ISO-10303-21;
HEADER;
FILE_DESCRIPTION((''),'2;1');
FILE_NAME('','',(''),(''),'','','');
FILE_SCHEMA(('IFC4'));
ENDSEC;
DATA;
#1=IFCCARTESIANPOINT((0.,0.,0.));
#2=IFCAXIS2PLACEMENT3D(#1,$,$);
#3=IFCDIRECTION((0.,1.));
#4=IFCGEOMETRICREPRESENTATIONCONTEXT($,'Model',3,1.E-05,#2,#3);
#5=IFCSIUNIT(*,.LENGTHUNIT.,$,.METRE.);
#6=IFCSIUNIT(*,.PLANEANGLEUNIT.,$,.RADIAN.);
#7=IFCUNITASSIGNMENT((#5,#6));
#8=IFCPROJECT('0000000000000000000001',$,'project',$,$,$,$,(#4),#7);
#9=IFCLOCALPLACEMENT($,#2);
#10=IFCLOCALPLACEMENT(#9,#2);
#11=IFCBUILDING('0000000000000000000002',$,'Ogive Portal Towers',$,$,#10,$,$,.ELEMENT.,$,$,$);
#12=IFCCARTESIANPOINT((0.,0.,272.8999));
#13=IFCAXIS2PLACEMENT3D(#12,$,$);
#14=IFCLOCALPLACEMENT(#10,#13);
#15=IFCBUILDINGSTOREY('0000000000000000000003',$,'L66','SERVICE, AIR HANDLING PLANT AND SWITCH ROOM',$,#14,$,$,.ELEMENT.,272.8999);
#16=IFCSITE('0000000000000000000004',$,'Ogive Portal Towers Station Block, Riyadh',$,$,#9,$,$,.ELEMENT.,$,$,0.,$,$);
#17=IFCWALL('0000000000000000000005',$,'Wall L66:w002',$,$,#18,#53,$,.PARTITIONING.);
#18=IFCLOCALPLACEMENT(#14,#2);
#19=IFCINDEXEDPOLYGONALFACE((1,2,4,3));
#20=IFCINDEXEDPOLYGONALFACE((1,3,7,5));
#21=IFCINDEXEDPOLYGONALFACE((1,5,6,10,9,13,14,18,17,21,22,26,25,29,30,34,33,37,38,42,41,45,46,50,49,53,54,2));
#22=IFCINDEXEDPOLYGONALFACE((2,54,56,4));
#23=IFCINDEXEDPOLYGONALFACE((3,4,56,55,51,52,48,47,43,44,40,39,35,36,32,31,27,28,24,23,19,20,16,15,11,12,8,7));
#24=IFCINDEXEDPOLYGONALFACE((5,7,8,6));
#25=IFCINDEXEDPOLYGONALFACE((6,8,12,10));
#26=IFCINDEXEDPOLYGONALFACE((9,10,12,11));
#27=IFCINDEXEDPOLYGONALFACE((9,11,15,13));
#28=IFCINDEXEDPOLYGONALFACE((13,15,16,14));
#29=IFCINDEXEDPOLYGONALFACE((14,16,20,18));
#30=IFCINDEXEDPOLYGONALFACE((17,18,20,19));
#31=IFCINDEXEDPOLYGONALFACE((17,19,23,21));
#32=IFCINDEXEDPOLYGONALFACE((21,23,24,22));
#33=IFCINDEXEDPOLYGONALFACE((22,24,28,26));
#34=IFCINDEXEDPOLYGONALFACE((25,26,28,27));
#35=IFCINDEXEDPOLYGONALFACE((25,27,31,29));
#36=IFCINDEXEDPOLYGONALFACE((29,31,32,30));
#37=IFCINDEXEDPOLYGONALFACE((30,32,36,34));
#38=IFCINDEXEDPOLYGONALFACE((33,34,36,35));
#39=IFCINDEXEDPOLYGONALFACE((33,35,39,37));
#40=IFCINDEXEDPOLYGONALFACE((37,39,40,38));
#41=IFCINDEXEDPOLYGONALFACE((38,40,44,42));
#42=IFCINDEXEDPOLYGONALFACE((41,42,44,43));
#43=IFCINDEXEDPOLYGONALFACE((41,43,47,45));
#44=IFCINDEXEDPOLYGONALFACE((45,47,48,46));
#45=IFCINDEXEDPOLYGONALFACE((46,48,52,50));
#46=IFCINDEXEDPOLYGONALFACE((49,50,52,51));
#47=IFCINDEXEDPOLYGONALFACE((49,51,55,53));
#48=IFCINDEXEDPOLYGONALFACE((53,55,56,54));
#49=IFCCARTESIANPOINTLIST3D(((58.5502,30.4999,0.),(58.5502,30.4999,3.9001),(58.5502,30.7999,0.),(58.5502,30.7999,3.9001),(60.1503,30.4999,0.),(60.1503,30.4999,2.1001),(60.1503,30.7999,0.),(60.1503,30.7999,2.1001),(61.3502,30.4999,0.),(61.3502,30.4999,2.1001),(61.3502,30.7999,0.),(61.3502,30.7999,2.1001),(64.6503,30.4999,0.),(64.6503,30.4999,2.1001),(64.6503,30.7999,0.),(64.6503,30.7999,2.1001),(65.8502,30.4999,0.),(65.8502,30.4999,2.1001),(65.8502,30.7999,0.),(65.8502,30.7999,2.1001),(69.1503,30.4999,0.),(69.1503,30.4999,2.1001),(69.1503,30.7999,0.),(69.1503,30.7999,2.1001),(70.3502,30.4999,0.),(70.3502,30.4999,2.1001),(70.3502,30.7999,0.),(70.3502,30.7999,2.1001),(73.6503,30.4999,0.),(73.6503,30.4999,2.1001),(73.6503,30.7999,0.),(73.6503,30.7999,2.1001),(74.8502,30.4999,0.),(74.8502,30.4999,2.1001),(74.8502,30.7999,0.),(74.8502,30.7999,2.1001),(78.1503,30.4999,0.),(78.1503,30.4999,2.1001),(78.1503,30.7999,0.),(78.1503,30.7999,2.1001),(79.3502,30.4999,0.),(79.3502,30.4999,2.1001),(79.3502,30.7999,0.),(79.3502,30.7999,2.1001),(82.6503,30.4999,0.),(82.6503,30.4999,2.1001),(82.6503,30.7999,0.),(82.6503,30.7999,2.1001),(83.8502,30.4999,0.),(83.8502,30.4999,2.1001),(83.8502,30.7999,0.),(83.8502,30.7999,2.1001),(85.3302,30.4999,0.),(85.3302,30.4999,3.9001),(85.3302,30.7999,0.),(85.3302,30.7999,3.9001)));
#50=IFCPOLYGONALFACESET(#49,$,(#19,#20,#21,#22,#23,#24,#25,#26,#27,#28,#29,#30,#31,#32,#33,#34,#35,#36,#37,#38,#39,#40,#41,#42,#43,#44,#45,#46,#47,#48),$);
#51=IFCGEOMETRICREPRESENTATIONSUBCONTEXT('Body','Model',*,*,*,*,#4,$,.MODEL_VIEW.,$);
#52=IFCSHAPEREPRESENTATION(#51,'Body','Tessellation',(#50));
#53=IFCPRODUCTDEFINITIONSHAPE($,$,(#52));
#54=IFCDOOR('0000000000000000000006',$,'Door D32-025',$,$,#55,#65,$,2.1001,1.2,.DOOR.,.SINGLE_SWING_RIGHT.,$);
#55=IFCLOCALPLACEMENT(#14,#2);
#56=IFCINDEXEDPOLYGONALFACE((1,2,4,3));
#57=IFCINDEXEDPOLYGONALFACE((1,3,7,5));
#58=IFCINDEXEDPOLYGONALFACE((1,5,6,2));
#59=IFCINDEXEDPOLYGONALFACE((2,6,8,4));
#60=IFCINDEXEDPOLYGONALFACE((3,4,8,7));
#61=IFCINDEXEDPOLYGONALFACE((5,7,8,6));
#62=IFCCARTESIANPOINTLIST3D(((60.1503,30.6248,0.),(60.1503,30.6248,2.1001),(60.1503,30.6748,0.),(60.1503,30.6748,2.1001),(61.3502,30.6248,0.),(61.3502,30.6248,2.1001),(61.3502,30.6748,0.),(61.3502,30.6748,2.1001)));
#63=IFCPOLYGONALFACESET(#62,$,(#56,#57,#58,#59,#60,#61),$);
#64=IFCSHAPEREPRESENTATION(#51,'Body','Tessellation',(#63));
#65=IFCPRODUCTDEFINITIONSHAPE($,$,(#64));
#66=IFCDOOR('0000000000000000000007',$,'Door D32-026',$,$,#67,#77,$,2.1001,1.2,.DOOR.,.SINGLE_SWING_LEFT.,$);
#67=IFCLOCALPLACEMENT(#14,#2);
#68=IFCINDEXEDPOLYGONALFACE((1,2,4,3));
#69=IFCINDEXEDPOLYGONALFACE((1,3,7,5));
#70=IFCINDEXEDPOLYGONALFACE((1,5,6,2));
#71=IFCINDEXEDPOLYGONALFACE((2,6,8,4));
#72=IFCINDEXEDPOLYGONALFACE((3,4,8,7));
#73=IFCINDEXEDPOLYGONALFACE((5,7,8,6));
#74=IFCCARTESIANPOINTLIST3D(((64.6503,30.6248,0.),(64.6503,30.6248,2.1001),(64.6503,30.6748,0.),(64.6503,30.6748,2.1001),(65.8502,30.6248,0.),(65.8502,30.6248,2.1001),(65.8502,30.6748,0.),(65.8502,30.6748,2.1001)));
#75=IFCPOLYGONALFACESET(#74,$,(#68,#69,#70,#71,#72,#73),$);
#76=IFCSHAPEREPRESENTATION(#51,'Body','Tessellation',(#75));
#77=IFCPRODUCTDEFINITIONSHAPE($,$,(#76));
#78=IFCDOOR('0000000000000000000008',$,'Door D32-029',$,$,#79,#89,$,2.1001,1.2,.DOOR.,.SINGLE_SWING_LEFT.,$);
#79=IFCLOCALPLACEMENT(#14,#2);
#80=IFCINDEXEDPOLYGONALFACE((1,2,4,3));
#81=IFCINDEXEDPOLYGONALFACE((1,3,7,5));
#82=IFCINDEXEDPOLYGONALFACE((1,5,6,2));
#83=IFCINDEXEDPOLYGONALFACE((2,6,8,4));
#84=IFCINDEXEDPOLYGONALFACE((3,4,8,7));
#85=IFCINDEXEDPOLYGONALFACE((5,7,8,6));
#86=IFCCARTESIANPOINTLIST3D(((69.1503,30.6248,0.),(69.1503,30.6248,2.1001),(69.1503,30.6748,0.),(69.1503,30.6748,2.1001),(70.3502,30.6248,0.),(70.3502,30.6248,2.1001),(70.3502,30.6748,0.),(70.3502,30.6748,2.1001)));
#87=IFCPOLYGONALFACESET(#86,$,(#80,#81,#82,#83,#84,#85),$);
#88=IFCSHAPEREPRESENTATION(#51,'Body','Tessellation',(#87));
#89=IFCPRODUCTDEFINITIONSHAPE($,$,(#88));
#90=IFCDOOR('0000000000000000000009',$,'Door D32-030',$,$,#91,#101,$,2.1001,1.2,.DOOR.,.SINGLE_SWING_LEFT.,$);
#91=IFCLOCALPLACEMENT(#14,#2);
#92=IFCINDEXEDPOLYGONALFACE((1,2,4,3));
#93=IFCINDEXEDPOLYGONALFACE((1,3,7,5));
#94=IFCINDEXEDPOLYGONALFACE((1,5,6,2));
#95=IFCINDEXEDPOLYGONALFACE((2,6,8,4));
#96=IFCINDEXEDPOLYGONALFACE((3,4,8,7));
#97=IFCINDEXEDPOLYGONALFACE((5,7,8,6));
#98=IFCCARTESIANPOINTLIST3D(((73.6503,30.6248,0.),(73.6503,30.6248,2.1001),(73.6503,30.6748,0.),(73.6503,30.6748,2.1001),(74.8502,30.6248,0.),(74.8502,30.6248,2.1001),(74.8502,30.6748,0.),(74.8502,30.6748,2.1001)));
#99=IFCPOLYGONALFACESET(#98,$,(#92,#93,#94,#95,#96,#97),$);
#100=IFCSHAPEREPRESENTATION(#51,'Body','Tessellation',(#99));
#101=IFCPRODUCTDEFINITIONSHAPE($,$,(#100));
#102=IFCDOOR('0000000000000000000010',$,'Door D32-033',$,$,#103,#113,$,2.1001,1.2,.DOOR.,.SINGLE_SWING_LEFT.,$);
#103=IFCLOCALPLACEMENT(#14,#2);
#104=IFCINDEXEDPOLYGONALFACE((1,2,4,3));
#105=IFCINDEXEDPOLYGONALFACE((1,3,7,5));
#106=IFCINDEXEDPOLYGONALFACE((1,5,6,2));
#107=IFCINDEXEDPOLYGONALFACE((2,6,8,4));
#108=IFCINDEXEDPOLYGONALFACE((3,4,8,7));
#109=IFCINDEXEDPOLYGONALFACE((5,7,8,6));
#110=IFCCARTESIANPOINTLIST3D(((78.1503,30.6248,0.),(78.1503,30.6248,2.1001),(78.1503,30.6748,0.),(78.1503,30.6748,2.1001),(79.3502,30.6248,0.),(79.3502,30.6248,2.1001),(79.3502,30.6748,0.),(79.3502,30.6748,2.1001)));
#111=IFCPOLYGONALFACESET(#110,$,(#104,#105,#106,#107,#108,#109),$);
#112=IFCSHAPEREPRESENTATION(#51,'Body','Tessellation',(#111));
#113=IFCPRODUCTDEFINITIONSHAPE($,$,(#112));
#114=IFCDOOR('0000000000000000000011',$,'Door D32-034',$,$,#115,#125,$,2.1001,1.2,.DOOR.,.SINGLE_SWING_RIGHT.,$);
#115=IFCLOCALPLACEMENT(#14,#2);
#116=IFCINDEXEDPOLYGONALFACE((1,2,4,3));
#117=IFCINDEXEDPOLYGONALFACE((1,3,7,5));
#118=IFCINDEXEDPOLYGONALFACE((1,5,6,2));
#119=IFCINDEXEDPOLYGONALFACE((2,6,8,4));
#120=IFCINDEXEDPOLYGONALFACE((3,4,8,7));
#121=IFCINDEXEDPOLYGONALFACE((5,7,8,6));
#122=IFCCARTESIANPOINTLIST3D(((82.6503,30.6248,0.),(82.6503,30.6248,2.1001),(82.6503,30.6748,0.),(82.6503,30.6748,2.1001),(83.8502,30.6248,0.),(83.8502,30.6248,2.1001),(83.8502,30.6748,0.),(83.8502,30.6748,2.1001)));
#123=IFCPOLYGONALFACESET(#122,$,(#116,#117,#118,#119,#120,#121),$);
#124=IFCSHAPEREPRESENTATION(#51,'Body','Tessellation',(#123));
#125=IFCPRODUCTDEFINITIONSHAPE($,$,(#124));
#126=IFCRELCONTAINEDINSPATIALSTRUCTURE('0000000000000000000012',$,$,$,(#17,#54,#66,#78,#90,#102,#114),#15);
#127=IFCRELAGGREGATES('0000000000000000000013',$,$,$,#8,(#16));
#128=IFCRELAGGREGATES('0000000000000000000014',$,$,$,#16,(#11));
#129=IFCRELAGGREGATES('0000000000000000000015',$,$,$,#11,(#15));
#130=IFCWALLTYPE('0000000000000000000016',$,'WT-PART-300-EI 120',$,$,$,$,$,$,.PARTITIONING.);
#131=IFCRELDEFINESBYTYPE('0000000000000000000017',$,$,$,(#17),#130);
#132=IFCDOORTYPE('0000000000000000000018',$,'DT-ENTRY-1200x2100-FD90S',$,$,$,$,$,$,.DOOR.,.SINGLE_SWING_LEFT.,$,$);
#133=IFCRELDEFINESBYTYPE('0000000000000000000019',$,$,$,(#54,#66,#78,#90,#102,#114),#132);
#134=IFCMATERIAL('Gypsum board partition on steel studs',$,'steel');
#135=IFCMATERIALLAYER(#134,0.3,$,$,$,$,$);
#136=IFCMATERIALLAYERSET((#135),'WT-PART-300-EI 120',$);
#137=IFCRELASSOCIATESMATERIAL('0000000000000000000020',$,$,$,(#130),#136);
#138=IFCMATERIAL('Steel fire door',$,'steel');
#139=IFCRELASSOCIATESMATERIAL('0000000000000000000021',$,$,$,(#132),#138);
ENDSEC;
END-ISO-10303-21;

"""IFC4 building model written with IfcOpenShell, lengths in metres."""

from ifc_helpers import new_model, si_unit, direction, frame, frame_2d, origin, place, context, subcontext, project, spatial, rectangle, extrude, material, layer, layer_set, type_object, element, fill, save


model = new_model("IFC4")

# Units and contexts
model_context = context("Model", 3, precision=1e-05, world=origin(), true_north=direction((0.0, 1.0)))
body_context = subcontext(model_context, "Body", "Model", "MODEL_VIEW")
ifc_project = project(units=[si_unit("LENGTHUNIT", "METRE"), si_unit("PLANEANGLEUNIT", "RADIAN")], contexts=[model_context])

# Site, building, storey
site_placement = place(None, origin())
site = spatial("IfcSite", under=ifc_project, at=site_placement, Name="Ogive Portal Towers Station Block, Riyadh", CompositionType="ELEMENT", RefElevation=0.0)
building_placement = place(site_placement, origin())
building = spatial("IfcBuilding", under=site, at=building_placement, Name="Ogive Portal Towers", CompositionType="ELEMENT")
storey_placement = place(building_placement, frame((0.0, 0.0, 272.8999)))
storey = spatial("IfcBuildingStorey", under=building, at=storey_placement, Name="L66", Description="SERVICE, AIR HANDLING PLANT AND SWITCH ROOM", CompositionType="ELEMENT", Elevation=272.8999)

# Shared definitions
ifc_material_1 = material(Name="Steel fire door", Category="steel")

# Wall, openings, doors
ifc_material_2 = material(Name="Gypsum board partition on steel studs", Category="steel")
ifc_layer_1 = layer(ifc_material_2, 0.3)
ifc_layer_set_1 = layer_set([ifc_layer_1], Name="WT-PART-300-EI 120")
wall_type_1 = type_object("IfcWallType", Name="WT-PART-300-EI 120", PredefinedType="PARTITIONING", material=ifc_layer_set_1)
wall_1_placement = place(storey_placement, frame((58.55, 30.6499, 0.0), z_axis=(0.0, 0.0, 1.0), x_axis=(1.0, 0.0, 0.0)))
wall_1 = element("IfcWall", 1, at=wall_1_placement, inside=storey, type_object=wall_type_1, Name="Wall L66:w002", PredefinedType="PARTITIONING", context=body_context, shape_type="SweptSolid", body=[
    extrude(rectangle(XDim=26.78, YDim=0.3, at=frame_2d((13.3901, 0.0))), origin(), (0.0, 0.0, 1.0), 3.9001),
])
opening_1_placement = place(wall_1_placement, frame((1.6001, 0.0, 0.0)))
opening_1 = element("IfcOpeningElement", 2, at=opening_1_placement, cuts=wall_1, PredefinedType="OPENING", context=body_context, shape_type="SweptSolid", body=[
    extrude(rectangle(XDim=1.2, YDim=2.1001, at=frame_2d((0.6001, 1.05))), frame((0.0, 0.1602, 0.0), z_axis=(0.0, -1.0, 0.0), x_axis=(1.0, 0.0, 0.0)), (0.0, 0.0, 1.0), 0.3201),
])
opening_2_placement = place(wall_1_placement, frame((6.1001, 0.0, 0.0)))
opening_2 = element("IfcOpeningElement", 3, at=opening_2_placement, cuts=wall_1, PredefinedType="OPENING", context=body_context, shape_type="SweptSolid", body=[
    extrude(rectangle(XDim=1.2, YDim=2.1001, at=frame_2d((0.6001, 1.05))), frame((0.0, 0.1602, 0.0), z_axis=(0.0, -1.0, 0.0), x_axis=(1.0, 0.0, 0.0)), (0.0, 0.0, 1.0), 0.3201),
])
opening_3_placement = place(wall_1_placement, frame((10.6001, 0.0, 0.0)))
opening_3 = element("IfcOpeningElement", 4, at=opening_3_placement, cuts=wall_1, PredefinedType="OPENING", context=body_context, shape_type="SweptSolid", body=[
    extrude(rectangle(XDim=1.2, YDim=2.1001, at=frame_2d((0.6001, 1.05))), frame((0.0, 0.1602, 0.0), z_axis=(0.0, -1.0, 0.0), x_axis=(1.0, 0.0, 0.0)), (0.0, 0.0, 1.0), 0.3201),
])
opening_4_placement = place(wall_1_placement, frame((15.1001, 0.0, 0.0)))
opening_4 = element("IfcOpeningElement", 5, at=opening_4_placement, cuts=wall_1, PredefinedType="OPENING", context=body_context, shape_type="SweptSolid", body=[
    extrude(rectangle(XDim=1.2, YDim=2.1001, at=frame_2d((0.6001, 1.05))), frame((0.0, 0.1602, 0.0), z_axis=(0.0, -1.0, 0.0), x_axis=(1.0, 0.0, 0.0)), (0.0, 0.0, 1.0), 0.3201),
])
opening_5_placement = place(wall_1_placement, frame((19.6001, 0.0, 0.0)))
opening_5 = element("IfcOpeningElement", 6, at=opening_5_placement, cuts=wall_1, PredefinedType="OPENING", context=body_context, shape_type="SweptSolid", body=[
    extrude(rectangle(XDim=1.2, YDim=2.1001, at=frame_2d((0.6001, 1.05))), frame((0.0, 0.1602, 0.0), z_axis=(0.0, -1.0, 0.0), x_axis=(1.0, 0.0, 0.0)), (0.0, 0.0, 1.0), 0.3201),
])
opening_6_placement = place(wall_1_placement, frame((24.1001, 0.0, 0.0)))
opening_6 = element("IfcOpeningElement", 7, at=opening_6_placement, cuts=wall_1, PredefinedType="OPENING", context=body_context, shape_type="SweptSolid", body=[
    extrude(rectangle(XDim=1.2, YDim=2.1001, at=frame_2d((0.6001, 1.05))), frame((0.0, 0.1602, 0.0), z_axis=(0.0, -1.0, 0.0), x_axis=(1.0, 0.0, 0.0)), (0.0, 0.0, 1.0), 0.3201),
])
door_type_1 = type_object("IfcDoorType", Name="DT-ENTRY-1200x2100-FD90S", OperationType="SINGLE_SWING_LEFT", PredefinedType="DOOR", material=ifc_material_1)
door_1_placement = place(opening_1_placement, origin())
door_1 = element("IfcDoor", 8, at=door_1_placement, inside=storey, type_object=door_type_1, Name="Door D32-025", OperationType="SINGLE_SWING_RIGHT", OverallHeight=2.1001, OverallWidth=1.2, PredefinedType="DOOR", context=body_context, shape_type="SweptSolid", body=[
    extrude(rectangle(XDim=1.2, YDim=2.1001, at=frame_2d((0.6001, 1.05))), frame((0.0, 0.0249, 0.0), z_axis=(0.0, -1.0, 0.0), x_axis=(1.0, 0.0, 0.0)), (0.0, 0.0, 1.0), 0.05),
])
fill(opening_1, door_1)
door_2_placement = place(opening_2_placement, origin())
door_2 = element("IfcDoor", 9, at=door_2_placement, inside=storey, type_object=door_type_1, Name="Door D32-026", OperationType="SINGLE_SWING_LEFT", OverallHeight=2.1001, OverallWidth=1.2, PredefinedType="DOOR", context=body_context, shape_type="SweptSolid", body=[
    extrude(rectangle(XDim=1.2, YDim=2.1001, at=frame_2d((0.6001, 1.05))), frame((0.0, 0.0249, 0.0), z_axis=(0.0, -1.0, 0.0), x_axis=(1.0, 0.0, 0.0)), (0.0, 0.0, 1.0), 0.05),
])
fill(opening_2, door_2)
door_3_placement = place(opening_3_placement, origin())
door_3 = element("IfcDoor", 10, at=door_3_placement, inside=storey, type_object=door_type_1, Name="Door D32-029", OperationType="SINGLE_SWING_LEFT", OverallHeight=2.1001, OverallWidth=1.2, PredefinedType="DOOR", context=body_context, shape_type="SweptSolid", body=[
    extrude(rectangle(XDim=1.2, YDim=2.1001, at=frame_2d((0.6001, 1.05))), frame((0.0, 0.0249, 0.0), z_axis=(0.0, -1.0, 0.0), x_axis=(1.0, 0.0, 0.0)), (0.0, 0.0, 1.0), 0.05),
])
fill(opening_3, door_3)
door_4_placement = place(opening_4_placement, origin())
door_4 = element("IfcDoor", 11, at=door_4_placement, inside=storey, type_object=door_type_1, Name="Door D32-030", OperationType="SINGLE_SWING_LEFT", OverallHeight=2.1001, OverallWidth=1.2, PredefinedType="DOOR", context=body_context, shape_type="SweptSolid", body=[
    extrude(rectangle(XDim=1.2, YDim=2.1001, at=frame_2d((0.6001, 1.05))), frame((0.0, 0.0249, 0.0), z_axis=(0.0, -1.0, 0.0), x_axis=(1.0, 0.0, 0.0)), (0.0, 0.0, 1.0), 0.05),
])
fill(opening_4, door_4)
door_5_placement = place(opening_5_placement, origin())
door_5 = element("IfcDoor", 12, at=door_5_placement, inside=storey, type_object=door_type_1, Name="Door D32-033", OperationType="SINGLE_SWING_LEFT", OverallHeight=2.1001, OverallWidth=1.2, PredefinedType="DOOR", context=body_context, shape_type="SweptSolid", body=[
    extrude(rectangle(XDim=1.2, YDim=2.1001, at=frame_2d((0.6001, 1.05))), frame((0.0, 0.0249, 0.0), z_axis=(0.0, -1.0, 0.0), x_axis=(1.0, 0.0, 0.0)), (0.0, 0.0, 1.0), 0.05),
])
fill(opening_5, door_5)
door_6_placement = place(opening_6_placement, origin())
door_6 = element("IfcDoor", 13, at=door_6_placement, inside=storey, type_object=door_type_1, Name="Door D32-034", OperationType="SINGLE_SWING_RIGHT", OverallHeight=2.1001, OverallWidth=1.2, PredefinedType="DOOR", context=body_context, shape_type="SweptSolid", body=[
    extrude(rectangle(XDim=1.2, YDim=2.1001, at=frame_2d((0.6001, 1.05))), frame((0.0, 0.0249, 0.0), z_axis=(0.0, -1.0, 0.0), x_axis=(1.0, 0.0, 0.0)), (0.0, 0.0, 1.0), 0.05),
])
fill(opening_6, door_6)

save(model, "model.ifc")
